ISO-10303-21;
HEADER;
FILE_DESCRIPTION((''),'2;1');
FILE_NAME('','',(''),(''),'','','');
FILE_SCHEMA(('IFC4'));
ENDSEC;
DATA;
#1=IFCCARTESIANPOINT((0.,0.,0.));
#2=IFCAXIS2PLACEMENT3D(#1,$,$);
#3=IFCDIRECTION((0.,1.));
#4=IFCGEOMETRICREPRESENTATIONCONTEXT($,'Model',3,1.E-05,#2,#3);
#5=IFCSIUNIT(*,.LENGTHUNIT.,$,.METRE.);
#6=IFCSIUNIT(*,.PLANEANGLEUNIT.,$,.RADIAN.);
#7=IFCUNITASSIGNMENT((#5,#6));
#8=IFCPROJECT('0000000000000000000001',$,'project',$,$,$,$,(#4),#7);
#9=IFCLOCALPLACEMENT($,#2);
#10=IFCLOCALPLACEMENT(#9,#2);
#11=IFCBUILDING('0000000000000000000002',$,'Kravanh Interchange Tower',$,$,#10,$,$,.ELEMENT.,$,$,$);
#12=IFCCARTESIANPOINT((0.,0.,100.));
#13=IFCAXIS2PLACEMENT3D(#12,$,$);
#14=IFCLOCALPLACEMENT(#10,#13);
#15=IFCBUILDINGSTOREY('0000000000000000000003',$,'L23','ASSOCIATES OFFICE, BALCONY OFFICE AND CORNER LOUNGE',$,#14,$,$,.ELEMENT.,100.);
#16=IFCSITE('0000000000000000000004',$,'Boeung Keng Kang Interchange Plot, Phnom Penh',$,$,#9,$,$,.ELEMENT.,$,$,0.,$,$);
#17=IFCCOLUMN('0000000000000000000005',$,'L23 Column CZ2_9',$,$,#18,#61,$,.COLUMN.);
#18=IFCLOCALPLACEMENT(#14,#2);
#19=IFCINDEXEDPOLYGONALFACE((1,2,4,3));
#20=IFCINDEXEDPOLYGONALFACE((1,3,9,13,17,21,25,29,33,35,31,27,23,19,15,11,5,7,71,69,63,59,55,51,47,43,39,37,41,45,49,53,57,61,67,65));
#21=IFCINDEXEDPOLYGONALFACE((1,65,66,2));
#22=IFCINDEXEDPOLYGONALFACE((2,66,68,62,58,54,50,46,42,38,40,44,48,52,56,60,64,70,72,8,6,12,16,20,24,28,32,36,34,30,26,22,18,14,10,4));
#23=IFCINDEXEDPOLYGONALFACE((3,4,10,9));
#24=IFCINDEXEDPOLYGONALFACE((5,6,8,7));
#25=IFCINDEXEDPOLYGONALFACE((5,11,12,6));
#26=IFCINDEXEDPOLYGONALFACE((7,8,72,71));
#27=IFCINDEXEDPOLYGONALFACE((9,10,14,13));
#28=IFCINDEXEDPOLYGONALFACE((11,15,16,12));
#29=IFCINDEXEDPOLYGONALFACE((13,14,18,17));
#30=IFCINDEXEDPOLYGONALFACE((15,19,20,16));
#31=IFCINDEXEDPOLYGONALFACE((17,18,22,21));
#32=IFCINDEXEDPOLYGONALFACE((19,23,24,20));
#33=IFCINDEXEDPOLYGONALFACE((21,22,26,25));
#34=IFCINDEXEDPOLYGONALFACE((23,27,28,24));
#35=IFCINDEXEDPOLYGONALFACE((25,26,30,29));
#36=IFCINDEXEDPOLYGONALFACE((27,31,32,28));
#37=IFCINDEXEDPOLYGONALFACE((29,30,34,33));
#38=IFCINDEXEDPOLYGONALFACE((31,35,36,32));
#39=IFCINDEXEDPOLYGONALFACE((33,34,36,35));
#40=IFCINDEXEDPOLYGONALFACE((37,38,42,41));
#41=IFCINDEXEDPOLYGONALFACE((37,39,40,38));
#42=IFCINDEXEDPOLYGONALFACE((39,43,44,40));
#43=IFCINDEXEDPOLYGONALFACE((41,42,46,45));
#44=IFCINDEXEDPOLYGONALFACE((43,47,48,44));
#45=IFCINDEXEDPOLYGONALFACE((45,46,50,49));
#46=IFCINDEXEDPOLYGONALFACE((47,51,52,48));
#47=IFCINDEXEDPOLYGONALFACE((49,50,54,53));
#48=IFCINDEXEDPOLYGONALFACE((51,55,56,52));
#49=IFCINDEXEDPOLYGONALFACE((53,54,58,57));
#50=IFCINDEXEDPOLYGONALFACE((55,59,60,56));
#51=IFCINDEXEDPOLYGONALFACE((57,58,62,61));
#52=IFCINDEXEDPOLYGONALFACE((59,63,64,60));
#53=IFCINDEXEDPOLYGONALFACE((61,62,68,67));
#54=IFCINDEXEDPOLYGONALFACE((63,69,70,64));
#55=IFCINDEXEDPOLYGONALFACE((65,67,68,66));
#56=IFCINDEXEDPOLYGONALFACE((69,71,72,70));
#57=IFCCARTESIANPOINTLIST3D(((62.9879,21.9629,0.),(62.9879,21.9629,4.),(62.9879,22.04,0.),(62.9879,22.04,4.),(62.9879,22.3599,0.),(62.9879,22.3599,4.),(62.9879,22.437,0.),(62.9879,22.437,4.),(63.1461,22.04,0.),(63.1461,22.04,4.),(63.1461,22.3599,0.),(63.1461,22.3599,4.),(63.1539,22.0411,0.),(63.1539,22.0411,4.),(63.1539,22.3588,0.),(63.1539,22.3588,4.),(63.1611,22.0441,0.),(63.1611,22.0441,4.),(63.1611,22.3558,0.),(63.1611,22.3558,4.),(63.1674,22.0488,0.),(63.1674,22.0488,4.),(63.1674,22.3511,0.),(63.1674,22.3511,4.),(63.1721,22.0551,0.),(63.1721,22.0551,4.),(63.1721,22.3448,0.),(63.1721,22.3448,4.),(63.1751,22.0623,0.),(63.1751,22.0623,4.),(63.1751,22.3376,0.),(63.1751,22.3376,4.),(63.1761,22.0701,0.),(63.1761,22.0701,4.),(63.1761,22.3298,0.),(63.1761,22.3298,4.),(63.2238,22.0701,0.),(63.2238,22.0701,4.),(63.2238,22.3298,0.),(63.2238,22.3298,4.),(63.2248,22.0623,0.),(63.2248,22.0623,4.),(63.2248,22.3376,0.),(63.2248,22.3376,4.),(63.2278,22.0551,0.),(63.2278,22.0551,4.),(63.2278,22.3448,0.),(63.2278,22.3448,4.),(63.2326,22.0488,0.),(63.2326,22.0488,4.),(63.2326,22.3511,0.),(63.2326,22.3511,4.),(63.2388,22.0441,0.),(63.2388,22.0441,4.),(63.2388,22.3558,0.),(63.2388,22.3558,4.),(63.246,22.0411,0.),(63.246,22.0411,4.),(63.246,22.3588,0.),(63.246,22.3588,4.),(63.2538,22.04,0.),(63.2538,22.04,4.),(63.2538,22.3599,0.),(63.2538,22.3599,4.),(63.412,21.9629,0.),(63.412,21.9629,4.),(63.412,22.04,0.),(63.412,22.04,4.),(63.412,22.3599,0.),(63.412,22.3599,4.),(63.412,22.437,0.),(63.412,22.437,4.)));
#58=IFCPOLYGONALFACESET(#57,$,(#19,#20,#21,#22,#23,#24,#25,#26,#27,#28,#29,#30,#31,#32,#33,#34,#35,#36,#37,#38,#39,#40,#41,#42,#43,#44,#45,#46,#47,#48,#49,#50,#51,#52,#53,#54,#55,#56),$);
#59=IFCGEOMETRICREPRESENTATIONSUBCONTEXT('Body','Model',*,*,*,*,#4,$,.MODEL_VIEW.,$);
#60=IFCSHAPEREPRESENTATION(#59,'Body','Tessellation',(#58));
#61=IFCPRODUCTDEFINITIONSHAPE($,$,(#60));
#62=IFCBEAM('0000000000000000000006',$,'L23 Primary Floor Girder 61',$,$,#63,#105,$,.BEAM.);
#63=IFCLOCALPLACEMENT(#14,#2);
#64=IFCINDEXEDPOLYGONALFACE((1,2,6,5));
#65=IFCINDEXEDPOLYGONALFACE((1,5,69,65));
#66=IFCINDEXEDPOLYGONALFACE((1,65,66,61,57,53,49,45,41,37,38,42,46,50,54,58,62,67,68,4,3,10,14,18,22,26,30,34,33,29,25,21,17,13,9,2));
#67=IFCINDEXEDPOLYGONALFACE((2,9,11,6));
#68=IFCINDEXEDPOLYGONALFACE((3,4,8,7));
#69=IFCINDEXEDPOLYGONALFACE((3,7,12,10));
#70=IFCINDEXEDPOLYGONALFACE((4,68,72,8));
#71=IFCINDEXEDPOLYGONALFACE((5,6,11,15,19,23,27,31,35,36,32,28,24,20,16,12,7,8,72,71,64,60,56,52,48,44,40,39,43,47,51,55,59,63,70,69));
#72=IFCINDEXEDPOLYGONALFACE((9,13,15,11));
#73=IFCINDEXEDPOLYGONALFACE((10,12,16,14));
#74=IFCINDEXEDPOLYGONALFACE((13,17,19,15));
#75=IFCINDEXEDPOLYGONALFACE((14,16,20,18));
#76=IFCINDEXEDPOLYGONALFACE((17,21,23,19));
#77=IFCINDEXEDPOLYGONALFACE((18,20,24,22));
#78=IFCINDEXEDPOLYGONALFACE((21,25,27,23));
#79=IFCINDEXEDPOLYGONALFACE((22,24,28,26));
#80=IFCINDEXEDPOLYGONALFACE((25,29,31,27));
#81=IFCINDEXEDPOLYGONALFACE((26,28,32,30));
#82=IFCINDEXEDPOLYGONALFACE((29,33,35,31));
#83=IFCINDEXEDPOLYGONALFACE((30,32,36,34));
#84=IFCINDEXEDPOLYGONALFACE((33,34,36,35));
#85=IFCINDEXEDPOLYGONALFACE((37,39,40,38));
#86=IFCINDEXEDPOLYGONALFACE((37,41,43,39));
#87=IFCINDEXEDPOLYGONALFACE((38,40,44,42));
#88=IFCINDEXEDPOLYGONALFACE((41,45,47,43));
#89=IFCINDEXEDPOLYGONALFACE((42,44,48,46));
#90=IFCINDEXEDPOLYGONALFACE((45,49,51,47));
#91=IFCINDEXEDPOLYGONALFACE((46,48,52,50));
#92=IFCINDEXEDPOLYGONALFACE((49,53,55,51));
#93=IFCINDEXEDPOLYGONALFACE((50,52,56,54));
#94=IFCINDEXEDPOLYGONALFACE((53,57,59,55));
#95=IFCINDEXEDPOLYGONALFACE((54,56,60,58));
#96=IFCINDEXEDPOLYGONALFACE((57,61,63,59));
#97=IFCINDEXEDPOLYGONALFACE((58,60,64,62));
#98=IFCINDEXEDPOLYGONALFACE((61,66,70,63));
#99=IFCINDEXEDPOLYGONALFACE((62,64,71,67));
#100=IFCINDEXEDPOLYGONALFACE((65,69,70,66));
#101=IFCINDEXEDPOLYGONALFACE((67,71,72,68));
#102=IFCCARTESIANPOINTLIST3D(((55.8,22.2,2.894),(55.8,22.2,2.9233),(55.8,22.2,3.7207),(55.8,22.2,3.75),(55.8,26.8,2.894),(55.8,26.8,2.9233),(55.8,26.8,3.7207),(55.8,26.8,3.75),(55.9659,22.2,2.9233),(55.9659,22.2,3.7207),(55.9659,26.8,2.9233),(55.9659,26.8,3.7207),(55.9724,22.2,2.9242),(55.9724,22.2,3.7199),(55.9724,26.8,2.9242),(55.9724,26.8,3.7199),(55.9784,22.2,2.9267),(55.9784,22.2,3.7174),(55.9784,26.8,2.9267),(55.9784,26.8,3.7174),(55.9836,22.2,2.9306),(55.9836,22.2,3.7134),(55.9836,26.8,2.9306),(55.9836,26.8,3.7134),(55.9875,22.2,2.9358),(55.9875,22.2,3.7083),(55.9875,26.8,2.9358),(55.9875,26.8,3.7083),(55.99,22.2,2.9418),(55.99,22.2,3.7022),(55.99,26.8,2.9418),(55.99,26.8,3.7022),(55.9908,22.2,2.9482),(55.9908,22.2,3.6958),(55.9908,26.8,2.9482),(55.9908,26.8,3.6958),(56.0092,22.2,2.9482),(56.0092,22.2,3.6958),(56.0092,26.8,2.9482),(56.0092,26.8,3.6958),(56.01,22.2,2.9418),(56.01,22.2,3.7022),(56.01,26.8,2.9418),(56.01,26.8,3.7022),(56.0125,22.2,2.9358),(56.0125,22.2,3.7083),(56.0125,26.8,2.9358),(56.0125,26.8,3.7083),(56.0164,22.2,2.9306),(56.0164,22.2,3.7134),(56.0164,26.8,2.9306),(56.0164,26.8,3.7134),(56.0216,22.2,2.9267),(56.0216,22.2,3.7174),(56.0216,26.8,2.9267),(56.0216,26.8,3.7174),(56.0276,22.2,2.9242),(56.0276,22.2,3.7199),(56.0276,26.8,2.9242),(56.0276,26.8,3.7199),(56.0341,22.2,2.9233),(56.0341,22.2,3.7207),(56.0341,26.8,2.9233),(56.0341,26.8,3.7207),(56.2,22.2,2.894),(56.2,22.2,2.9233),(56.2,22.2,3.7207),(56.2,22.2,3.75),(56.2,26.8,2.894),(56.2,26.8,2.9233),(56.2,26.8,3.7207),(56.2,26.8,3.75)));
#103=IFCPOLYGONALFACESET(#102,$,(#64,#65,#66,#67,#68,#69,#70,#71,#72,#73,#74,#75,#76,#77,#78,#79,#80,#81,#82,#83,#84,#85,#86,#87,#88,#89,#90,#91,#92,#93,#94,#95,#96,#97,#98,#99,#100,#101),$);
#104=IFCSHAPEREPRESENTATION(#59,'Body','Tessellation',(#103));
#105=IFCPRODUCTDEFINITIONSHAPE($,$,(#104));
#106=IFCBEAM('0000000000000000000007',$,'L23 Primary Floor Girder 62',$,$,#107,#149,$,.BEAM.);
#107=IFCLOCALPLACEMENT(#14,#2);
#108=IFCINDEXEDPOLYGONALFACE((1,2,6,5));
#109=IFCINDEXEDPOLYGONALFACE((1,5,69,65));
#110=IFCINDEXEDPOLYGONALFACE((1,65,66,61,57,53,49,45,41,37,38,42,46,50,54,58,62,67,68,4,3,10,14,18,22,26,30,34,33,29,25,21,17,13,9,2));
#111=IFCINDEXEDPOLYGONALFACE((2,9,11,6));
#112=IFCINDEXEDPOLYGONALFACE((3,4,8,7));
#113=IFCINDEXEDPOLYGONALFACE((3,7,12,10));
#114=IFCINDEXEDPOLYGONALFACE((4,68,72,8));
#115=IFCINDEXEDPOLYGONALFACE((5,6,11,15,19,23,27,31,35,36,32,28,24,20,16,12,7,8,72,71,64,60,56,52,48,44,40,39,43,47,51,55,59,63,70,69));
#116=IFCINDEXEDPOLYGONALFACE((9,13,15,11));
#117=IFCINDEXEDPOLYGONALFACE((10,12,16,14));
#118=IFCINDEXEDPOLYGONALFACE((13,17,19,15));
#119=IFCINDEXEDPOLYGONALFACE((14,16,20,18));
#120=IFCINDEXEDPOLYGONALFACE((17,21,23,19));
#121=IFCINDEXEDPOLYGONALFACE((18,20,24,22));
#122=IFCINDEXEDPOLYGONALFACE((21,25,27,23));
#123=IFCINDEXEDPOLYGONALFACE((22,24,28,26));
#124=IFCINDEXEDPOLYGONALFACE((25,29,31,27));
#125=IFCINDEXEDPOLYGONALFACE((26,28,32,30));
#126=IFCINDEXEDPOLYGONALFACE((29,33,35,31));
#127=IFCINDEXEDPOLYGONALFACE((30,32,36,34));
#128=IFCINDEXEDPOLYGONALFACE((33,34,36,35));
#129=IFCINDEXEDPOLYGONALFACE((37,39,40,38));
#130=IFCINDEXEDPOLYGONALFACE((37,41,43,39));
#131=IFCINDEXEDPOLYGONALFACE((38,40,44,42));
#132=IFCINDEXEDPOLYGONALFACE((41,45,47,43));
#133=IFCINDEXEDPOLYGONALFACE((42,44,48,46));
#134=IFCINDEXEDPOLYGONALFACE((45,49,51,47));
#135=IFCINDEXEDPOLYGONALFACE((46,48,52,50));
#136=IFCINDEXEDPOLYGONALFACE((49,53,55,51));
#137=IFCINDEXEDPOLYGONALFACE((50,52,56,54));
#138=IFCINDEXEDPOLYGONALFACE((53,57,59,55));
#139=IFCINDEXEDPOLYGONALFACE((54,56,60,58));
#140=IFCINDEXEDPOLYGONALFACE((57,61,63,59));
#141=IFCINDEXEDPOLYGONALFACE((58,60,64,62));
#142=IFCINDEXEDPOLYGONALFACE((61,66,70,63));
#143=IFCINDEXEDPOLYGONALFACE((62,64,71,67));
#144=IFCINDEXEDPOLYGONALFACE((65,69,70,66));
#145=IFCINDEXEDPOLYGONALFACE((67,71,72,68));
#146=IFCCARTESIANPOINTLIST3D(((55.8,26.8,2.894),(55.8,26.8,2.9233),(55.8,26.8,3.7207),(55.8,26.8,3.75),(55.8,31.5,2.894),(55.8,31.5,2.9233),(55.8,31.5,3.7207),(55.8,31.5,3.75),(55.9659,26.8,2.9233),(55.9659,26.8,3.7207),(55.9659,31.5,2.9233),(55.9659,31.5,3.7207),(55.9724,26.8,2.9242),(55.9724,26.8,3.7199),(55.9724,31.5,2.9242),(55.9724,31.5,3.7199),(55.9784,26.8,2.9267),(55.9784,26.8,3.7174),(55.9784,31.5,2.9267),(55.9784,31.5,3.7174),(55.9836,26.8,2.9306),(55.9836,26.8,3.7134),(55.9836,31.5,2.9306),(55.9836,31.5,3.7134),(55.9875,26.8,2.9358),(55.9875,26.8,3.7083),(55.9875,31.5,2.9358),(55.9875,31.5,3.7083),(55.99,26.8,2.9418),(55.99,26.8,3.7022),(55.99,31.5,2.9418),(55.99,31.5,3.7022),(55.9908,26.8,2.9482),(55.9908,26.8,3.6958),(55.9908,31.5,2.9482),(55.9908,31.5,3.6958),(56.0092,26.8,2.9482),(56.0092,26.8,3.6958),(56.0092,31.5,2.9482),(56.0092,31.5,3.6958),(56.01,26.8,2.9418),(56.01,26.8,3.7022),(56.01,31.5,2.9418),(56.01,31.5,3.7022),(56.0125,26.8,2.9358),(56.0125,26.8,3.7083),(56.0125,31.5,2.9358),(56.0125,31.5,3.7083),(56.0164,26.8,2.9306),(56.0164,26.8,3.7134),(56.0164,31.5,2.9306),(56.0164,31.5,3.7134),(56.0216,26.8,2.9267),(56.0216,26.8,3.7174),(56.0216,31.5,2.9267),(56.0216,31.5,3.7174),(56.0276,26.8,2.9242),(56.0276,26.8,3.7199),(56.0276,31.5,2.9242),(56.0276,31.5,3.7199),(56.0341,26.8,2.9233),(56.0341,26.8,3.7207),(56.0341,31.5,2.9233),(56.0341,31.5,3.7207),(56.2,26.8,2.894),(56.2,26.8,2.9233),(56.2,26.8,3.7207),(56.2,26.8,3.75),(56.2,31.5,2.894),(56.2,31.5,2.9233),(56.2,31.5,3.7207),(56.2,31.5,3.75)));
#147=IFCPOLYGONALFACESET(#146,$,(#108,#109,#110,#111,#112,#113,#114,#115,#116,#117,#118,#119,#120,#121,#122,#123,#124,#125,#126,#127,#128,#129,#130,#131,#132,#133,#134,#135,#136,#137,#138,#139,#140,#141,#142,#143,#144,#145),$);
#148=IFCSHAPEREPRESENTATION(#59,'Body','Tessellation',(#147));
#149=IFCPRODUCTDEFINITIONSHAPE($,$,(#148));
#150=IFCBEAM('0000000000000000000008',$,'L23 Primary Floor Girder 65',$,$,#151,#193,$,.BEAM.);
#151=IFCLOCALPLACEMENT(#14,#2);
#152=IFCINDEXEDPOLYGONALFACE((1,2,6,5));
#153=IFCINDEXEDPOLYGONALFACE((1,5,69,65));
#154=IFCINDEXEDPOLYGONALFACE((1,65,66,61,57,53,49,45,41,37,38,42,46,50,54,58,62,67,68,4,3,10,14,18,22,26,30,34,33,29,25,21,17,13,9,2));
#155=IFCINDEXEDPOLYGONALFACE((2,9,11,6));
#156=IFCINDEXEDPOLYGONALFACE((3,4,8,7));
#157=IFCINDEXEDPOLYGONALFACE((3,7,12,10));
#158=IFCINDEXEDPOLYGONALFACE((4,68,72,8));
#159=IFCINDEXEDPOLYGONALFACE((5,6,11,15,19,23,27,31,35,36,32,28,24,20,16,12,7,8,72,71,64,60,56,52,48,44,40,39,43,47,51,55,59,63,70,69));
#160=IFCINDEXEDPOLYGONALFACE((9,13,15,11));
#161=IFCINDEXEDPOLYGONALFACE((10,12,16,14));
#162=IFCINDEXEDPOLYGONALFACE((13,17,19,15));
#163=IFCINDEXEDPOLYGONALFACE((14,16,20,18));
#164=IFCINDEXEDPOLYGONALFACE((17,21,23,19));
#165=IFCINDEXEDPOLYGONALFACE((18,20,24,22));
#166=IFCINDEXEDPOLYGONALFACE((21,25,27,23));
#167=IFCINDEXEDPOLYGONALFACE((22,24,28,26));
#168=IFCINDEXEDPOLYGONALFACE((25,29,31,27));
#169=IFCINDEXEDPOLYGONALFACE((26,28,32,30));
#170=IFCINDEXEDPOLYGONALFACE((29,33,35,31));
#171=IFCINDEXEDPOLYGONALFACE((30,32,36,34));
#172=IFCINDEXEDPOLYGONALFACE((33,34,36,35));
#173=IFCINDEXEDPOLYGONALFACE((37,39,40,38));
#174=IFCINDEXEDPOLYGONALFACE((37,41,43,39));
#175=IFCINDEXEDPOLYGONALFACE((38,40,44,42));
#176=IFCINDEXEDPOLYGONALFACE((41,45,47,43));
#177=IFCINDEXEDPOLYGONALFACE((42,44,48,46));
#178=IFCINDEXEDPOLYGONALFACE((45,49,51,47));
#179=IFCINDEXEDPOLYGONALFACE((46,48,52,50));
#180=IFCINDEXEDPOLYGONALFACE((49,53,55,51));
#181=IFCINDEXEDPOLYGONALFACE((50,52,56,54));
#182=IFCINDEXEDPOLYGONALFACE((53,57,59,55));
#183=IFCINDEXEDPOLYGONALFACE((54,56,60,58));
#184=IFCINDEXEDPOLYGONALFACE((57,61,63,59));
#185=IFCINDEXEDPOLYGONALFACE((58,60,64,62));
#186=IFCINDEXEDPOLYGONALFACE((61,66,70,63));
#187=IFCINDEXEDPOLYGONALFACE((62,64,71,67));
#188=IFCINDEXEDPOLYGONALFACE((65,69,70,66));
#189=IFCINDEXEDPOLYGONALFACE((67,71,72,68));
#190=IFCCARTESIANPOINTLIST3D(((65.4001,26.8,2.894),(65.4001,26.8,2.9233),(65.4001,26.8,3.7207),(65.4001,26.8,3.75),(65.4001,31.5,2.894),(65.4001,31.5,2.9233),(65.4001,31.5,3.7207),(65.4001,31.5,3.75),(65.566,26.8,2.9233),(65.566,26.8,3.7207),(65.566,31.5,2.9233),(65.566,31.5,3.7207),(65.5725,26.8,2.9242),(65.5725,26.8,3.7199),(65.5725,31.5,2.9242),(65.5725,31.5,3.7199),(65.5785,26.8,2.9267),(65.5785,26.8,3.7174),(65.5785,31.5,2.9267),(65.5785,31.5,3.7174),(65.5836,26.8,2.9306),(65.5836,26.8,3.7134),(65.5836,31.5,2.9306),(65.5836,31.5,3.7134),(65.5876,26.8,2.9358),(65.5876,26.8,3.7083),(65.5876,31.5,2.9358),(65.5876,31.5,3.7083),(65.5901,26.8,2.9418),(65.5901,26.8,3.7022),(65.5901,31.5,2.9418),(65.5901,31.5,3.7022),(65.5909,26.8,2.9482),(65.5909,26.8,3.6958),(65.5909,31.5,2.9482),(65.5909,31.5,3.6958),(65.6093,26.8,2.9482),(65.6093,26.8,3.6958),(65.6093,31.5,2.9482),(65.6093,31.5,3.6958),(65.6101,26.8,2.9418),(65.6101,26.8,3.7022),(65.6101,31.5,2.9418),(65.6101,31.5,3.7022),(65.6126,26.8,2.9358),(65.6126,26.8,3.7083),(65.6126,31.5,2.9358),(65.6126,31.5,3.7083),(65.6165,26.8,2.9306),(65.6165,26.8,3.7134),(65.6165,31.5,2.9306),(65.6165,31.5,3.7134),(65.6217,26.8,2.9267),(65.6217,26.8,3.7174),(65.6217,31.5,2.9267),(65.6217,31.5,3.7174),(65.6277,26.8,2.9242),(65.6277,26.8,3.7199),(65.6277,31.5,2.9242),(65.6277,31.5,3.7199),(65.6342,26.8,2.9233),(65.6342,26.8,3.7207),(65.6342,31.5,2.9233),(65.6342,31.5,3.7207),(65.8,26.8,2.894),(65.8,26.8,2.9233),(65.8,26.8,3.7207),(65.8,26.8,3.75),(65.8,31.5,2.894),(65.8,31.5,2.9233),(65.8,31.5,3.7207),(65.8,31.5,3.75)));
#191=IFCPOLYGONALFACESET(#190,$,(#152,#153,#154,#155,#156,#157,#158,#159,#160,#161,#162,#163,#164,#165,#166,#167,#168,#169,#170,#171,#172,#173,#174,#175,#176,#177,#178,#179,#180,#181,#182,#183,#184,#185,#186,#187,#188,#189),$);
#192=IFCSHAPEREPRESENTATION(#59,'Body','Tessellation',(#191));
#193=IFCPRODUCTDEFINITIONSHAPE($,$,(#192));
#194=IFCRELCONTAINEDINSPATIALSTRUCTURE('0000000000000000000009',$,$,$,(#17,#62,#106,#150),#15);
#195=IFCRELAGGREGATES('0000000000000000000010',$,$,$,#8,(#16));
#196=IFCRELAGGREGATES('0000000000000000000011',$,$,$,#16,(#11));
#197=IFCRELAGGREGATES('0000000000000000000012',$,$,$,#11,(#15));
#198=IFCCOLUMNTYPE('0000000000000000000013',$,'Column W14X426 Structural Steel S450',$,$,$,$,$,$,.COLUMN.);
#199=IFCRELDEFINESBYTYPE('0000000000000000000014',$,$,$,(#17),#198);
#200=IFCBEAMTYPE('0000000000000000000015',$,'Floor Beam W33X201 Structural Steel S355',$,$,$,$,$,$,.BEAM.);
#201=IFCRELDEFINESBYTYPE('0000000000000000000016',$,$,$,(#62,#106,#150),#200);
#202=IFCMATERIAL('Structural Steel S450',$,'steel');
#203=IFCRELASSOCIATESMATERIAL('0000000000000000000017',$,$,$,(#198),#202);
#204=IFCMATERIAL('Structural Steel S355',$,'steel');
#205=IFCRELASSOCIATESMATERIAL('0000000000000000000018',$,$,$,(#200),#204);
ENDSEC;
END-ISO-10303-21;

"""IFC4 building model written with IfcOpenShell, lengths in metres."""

from ifc_helpers import new_model, si_unit, direction, frame, origin, origin_2d, place, context, subcontext, project, spatial, i_section, extrude, material, material_profile, profile_set, type_object, element, save


model = new_model("IFC4")

# Units and contexts
model_context = context("Model", 3, precision=1e-05, world=origin(), true_north=direction((0.0, 1.0)))
body_context = subcontext(model_context, "Body", "Model", "MODEL_VIEW")
ifc_project = project(units=[si_unit("LENGTHUNIT", "METRE"), si_unit("PLANEANGLEUNIT", "RADIAN")], contexts=[model_context])

# Site, building, storey
site_placement = place(None, origin())
site = spatial("IfcSite", under=ifc_project, at=site_placement, Name="Boeung Keng Kang Interchange Plot, Phnom Penh", CompositionType="ELEMENT", RefElevation=0.0)
building_placement = place(site_placement, origin())
building = spatial("IfcBuilding", under=site, at=building_placement, Name="Kravanh Interchange Tower", CompositionType="ELEMENT")
storey_placement = place(building_placement, frame((0.0, 0.0, 100.0)))
storey = spatial("IfcBuildingStorey", under=building, at=storey_placement, Name="L23", Description="ASSOCIATES OFFICE, BALCONY OFFICE AND CORNER LOUNGE", CompositionType="ELEMENT", Elevation=100.0)

# Column
ifc_material_1 = material(Name="Structural Steel S450", Category="steel")
ifc_material_profile_1 = material_profile(ifc_material_1, i_section(OverallWidth=0.4241, OverallDepth=0.4741, WebThickness=0.0476, FlangeThickness=0.0771, FilletRadius=0.03, at=origin_2d()), Name="W14X426")
ifc_profile_set_1 = profile_set([ifc_material_profile_1], Name="Structural Steel S450")
column_type = type_object("IfcColumnType", Name="Column W14X426 Structural Steel S450", PredefinedType="COLUMN", material=ifc_profile_set_1)
for number, where, z_axis, x_axis, name in (
    (1, (63.2, 22.2, 0.0), (0.0, 0.0, 1.0), (1.0, 0.0, 0.0), "L23 Column CZ2_9"),
):
    element("IfcColumn", number, at=place(storey_placement, frame(where, z_axis=z_axis, x_axis=x_axis)), inside=storey, type_object=column_type, Name=name, PredefinedType="COLUMN", context=body_context, shape_type="SweptSolid", body=[
        extrude(i_section(OverallWidth=0.4241, OverallDepth=0.4741, WebThickness=0.0476, FlangeThickness=0.0771, FilletRadius=0.03, at=origin_2d()), origin(), (0.0, 0.0, 1.0), 4.0),
    ])

# Beams
ifc_material_2 = material(Name="Structural Steel S355", Category="steel")
ifc_material_profile_2 = material_profile(ifc_material_2, i_section(OverallWidth=0.3999, OverallDepth=0.856, WebThickness=0.0183, FlangeThickness=0.0293, FilletRadius=0.0249, at=origin_2d()), Name="W33X201")
ifc_profile_set_2 = profile_set([ifc_material_profile_2], Name="Structural Steel S355")
beam_type_1 = type_object("IfcBeamType", Name="Floor Beam W33X201 Structural Steel S355", PredefinedType="BEAM", material=ifc_profile_set_2)
beam_1_placement = place(storey_placement, frame((56.0, 26.8, 3.322), z_axis=(0.0, -1.0, 0.0), x_axis=(1.0, 0.0, 0.0)))
element("IfcBeam", 2, at=beam_1_placement, inside=storey, type_object=beam_type_1, Name="L23 Primary Floor Girder 61", PredefinedType="BEAM", context=body_context, shape_type="SweptSolid", body=[
    extrude(i_section(OverallWidth=0.3999, OverallDepth=0.856, WebThickness=0.0183, FlangeThickness=0.0293, FilletRadius=0.0249, at=origin_2d()), origin(), (0.0, 0.0, 1.0), 4.6001),
])
for number, where, z_axis, x_axis, name in (
    (3, (56.0, 26.8, 3.322), (0.0, 1.0, 0.0), (-1.0, 0.0, 0.0), "L23 Primary Floor Girder 62"),
    (4, (65.6001, 26.8, 3.322), (0.0, 1.0, 0.0), (-1.0, 0.0, 0.0), "L23 Primary Floor Girder 65"),
):
    element("IfcBeam", number, at=place(storey_placement, frame(where, z_axis=z_axis, x_axis=x_axis)), inside=storey, type_object=beam_type_1, Name=name, PredefinedType="BEAM", context=body_context, shape_type="SweptSolid", body=[
        extrude(i_section(OverallWidth=0.3999, OverallDepth=0.856, WebThickness=0.0183, FlangeThickness=0.0293, FilletRadius=0.0249, at=origin_2d()), origin(), (0.0, 0.0, 1.0), 4.7),
    ])

save(model, "model.ifc")
